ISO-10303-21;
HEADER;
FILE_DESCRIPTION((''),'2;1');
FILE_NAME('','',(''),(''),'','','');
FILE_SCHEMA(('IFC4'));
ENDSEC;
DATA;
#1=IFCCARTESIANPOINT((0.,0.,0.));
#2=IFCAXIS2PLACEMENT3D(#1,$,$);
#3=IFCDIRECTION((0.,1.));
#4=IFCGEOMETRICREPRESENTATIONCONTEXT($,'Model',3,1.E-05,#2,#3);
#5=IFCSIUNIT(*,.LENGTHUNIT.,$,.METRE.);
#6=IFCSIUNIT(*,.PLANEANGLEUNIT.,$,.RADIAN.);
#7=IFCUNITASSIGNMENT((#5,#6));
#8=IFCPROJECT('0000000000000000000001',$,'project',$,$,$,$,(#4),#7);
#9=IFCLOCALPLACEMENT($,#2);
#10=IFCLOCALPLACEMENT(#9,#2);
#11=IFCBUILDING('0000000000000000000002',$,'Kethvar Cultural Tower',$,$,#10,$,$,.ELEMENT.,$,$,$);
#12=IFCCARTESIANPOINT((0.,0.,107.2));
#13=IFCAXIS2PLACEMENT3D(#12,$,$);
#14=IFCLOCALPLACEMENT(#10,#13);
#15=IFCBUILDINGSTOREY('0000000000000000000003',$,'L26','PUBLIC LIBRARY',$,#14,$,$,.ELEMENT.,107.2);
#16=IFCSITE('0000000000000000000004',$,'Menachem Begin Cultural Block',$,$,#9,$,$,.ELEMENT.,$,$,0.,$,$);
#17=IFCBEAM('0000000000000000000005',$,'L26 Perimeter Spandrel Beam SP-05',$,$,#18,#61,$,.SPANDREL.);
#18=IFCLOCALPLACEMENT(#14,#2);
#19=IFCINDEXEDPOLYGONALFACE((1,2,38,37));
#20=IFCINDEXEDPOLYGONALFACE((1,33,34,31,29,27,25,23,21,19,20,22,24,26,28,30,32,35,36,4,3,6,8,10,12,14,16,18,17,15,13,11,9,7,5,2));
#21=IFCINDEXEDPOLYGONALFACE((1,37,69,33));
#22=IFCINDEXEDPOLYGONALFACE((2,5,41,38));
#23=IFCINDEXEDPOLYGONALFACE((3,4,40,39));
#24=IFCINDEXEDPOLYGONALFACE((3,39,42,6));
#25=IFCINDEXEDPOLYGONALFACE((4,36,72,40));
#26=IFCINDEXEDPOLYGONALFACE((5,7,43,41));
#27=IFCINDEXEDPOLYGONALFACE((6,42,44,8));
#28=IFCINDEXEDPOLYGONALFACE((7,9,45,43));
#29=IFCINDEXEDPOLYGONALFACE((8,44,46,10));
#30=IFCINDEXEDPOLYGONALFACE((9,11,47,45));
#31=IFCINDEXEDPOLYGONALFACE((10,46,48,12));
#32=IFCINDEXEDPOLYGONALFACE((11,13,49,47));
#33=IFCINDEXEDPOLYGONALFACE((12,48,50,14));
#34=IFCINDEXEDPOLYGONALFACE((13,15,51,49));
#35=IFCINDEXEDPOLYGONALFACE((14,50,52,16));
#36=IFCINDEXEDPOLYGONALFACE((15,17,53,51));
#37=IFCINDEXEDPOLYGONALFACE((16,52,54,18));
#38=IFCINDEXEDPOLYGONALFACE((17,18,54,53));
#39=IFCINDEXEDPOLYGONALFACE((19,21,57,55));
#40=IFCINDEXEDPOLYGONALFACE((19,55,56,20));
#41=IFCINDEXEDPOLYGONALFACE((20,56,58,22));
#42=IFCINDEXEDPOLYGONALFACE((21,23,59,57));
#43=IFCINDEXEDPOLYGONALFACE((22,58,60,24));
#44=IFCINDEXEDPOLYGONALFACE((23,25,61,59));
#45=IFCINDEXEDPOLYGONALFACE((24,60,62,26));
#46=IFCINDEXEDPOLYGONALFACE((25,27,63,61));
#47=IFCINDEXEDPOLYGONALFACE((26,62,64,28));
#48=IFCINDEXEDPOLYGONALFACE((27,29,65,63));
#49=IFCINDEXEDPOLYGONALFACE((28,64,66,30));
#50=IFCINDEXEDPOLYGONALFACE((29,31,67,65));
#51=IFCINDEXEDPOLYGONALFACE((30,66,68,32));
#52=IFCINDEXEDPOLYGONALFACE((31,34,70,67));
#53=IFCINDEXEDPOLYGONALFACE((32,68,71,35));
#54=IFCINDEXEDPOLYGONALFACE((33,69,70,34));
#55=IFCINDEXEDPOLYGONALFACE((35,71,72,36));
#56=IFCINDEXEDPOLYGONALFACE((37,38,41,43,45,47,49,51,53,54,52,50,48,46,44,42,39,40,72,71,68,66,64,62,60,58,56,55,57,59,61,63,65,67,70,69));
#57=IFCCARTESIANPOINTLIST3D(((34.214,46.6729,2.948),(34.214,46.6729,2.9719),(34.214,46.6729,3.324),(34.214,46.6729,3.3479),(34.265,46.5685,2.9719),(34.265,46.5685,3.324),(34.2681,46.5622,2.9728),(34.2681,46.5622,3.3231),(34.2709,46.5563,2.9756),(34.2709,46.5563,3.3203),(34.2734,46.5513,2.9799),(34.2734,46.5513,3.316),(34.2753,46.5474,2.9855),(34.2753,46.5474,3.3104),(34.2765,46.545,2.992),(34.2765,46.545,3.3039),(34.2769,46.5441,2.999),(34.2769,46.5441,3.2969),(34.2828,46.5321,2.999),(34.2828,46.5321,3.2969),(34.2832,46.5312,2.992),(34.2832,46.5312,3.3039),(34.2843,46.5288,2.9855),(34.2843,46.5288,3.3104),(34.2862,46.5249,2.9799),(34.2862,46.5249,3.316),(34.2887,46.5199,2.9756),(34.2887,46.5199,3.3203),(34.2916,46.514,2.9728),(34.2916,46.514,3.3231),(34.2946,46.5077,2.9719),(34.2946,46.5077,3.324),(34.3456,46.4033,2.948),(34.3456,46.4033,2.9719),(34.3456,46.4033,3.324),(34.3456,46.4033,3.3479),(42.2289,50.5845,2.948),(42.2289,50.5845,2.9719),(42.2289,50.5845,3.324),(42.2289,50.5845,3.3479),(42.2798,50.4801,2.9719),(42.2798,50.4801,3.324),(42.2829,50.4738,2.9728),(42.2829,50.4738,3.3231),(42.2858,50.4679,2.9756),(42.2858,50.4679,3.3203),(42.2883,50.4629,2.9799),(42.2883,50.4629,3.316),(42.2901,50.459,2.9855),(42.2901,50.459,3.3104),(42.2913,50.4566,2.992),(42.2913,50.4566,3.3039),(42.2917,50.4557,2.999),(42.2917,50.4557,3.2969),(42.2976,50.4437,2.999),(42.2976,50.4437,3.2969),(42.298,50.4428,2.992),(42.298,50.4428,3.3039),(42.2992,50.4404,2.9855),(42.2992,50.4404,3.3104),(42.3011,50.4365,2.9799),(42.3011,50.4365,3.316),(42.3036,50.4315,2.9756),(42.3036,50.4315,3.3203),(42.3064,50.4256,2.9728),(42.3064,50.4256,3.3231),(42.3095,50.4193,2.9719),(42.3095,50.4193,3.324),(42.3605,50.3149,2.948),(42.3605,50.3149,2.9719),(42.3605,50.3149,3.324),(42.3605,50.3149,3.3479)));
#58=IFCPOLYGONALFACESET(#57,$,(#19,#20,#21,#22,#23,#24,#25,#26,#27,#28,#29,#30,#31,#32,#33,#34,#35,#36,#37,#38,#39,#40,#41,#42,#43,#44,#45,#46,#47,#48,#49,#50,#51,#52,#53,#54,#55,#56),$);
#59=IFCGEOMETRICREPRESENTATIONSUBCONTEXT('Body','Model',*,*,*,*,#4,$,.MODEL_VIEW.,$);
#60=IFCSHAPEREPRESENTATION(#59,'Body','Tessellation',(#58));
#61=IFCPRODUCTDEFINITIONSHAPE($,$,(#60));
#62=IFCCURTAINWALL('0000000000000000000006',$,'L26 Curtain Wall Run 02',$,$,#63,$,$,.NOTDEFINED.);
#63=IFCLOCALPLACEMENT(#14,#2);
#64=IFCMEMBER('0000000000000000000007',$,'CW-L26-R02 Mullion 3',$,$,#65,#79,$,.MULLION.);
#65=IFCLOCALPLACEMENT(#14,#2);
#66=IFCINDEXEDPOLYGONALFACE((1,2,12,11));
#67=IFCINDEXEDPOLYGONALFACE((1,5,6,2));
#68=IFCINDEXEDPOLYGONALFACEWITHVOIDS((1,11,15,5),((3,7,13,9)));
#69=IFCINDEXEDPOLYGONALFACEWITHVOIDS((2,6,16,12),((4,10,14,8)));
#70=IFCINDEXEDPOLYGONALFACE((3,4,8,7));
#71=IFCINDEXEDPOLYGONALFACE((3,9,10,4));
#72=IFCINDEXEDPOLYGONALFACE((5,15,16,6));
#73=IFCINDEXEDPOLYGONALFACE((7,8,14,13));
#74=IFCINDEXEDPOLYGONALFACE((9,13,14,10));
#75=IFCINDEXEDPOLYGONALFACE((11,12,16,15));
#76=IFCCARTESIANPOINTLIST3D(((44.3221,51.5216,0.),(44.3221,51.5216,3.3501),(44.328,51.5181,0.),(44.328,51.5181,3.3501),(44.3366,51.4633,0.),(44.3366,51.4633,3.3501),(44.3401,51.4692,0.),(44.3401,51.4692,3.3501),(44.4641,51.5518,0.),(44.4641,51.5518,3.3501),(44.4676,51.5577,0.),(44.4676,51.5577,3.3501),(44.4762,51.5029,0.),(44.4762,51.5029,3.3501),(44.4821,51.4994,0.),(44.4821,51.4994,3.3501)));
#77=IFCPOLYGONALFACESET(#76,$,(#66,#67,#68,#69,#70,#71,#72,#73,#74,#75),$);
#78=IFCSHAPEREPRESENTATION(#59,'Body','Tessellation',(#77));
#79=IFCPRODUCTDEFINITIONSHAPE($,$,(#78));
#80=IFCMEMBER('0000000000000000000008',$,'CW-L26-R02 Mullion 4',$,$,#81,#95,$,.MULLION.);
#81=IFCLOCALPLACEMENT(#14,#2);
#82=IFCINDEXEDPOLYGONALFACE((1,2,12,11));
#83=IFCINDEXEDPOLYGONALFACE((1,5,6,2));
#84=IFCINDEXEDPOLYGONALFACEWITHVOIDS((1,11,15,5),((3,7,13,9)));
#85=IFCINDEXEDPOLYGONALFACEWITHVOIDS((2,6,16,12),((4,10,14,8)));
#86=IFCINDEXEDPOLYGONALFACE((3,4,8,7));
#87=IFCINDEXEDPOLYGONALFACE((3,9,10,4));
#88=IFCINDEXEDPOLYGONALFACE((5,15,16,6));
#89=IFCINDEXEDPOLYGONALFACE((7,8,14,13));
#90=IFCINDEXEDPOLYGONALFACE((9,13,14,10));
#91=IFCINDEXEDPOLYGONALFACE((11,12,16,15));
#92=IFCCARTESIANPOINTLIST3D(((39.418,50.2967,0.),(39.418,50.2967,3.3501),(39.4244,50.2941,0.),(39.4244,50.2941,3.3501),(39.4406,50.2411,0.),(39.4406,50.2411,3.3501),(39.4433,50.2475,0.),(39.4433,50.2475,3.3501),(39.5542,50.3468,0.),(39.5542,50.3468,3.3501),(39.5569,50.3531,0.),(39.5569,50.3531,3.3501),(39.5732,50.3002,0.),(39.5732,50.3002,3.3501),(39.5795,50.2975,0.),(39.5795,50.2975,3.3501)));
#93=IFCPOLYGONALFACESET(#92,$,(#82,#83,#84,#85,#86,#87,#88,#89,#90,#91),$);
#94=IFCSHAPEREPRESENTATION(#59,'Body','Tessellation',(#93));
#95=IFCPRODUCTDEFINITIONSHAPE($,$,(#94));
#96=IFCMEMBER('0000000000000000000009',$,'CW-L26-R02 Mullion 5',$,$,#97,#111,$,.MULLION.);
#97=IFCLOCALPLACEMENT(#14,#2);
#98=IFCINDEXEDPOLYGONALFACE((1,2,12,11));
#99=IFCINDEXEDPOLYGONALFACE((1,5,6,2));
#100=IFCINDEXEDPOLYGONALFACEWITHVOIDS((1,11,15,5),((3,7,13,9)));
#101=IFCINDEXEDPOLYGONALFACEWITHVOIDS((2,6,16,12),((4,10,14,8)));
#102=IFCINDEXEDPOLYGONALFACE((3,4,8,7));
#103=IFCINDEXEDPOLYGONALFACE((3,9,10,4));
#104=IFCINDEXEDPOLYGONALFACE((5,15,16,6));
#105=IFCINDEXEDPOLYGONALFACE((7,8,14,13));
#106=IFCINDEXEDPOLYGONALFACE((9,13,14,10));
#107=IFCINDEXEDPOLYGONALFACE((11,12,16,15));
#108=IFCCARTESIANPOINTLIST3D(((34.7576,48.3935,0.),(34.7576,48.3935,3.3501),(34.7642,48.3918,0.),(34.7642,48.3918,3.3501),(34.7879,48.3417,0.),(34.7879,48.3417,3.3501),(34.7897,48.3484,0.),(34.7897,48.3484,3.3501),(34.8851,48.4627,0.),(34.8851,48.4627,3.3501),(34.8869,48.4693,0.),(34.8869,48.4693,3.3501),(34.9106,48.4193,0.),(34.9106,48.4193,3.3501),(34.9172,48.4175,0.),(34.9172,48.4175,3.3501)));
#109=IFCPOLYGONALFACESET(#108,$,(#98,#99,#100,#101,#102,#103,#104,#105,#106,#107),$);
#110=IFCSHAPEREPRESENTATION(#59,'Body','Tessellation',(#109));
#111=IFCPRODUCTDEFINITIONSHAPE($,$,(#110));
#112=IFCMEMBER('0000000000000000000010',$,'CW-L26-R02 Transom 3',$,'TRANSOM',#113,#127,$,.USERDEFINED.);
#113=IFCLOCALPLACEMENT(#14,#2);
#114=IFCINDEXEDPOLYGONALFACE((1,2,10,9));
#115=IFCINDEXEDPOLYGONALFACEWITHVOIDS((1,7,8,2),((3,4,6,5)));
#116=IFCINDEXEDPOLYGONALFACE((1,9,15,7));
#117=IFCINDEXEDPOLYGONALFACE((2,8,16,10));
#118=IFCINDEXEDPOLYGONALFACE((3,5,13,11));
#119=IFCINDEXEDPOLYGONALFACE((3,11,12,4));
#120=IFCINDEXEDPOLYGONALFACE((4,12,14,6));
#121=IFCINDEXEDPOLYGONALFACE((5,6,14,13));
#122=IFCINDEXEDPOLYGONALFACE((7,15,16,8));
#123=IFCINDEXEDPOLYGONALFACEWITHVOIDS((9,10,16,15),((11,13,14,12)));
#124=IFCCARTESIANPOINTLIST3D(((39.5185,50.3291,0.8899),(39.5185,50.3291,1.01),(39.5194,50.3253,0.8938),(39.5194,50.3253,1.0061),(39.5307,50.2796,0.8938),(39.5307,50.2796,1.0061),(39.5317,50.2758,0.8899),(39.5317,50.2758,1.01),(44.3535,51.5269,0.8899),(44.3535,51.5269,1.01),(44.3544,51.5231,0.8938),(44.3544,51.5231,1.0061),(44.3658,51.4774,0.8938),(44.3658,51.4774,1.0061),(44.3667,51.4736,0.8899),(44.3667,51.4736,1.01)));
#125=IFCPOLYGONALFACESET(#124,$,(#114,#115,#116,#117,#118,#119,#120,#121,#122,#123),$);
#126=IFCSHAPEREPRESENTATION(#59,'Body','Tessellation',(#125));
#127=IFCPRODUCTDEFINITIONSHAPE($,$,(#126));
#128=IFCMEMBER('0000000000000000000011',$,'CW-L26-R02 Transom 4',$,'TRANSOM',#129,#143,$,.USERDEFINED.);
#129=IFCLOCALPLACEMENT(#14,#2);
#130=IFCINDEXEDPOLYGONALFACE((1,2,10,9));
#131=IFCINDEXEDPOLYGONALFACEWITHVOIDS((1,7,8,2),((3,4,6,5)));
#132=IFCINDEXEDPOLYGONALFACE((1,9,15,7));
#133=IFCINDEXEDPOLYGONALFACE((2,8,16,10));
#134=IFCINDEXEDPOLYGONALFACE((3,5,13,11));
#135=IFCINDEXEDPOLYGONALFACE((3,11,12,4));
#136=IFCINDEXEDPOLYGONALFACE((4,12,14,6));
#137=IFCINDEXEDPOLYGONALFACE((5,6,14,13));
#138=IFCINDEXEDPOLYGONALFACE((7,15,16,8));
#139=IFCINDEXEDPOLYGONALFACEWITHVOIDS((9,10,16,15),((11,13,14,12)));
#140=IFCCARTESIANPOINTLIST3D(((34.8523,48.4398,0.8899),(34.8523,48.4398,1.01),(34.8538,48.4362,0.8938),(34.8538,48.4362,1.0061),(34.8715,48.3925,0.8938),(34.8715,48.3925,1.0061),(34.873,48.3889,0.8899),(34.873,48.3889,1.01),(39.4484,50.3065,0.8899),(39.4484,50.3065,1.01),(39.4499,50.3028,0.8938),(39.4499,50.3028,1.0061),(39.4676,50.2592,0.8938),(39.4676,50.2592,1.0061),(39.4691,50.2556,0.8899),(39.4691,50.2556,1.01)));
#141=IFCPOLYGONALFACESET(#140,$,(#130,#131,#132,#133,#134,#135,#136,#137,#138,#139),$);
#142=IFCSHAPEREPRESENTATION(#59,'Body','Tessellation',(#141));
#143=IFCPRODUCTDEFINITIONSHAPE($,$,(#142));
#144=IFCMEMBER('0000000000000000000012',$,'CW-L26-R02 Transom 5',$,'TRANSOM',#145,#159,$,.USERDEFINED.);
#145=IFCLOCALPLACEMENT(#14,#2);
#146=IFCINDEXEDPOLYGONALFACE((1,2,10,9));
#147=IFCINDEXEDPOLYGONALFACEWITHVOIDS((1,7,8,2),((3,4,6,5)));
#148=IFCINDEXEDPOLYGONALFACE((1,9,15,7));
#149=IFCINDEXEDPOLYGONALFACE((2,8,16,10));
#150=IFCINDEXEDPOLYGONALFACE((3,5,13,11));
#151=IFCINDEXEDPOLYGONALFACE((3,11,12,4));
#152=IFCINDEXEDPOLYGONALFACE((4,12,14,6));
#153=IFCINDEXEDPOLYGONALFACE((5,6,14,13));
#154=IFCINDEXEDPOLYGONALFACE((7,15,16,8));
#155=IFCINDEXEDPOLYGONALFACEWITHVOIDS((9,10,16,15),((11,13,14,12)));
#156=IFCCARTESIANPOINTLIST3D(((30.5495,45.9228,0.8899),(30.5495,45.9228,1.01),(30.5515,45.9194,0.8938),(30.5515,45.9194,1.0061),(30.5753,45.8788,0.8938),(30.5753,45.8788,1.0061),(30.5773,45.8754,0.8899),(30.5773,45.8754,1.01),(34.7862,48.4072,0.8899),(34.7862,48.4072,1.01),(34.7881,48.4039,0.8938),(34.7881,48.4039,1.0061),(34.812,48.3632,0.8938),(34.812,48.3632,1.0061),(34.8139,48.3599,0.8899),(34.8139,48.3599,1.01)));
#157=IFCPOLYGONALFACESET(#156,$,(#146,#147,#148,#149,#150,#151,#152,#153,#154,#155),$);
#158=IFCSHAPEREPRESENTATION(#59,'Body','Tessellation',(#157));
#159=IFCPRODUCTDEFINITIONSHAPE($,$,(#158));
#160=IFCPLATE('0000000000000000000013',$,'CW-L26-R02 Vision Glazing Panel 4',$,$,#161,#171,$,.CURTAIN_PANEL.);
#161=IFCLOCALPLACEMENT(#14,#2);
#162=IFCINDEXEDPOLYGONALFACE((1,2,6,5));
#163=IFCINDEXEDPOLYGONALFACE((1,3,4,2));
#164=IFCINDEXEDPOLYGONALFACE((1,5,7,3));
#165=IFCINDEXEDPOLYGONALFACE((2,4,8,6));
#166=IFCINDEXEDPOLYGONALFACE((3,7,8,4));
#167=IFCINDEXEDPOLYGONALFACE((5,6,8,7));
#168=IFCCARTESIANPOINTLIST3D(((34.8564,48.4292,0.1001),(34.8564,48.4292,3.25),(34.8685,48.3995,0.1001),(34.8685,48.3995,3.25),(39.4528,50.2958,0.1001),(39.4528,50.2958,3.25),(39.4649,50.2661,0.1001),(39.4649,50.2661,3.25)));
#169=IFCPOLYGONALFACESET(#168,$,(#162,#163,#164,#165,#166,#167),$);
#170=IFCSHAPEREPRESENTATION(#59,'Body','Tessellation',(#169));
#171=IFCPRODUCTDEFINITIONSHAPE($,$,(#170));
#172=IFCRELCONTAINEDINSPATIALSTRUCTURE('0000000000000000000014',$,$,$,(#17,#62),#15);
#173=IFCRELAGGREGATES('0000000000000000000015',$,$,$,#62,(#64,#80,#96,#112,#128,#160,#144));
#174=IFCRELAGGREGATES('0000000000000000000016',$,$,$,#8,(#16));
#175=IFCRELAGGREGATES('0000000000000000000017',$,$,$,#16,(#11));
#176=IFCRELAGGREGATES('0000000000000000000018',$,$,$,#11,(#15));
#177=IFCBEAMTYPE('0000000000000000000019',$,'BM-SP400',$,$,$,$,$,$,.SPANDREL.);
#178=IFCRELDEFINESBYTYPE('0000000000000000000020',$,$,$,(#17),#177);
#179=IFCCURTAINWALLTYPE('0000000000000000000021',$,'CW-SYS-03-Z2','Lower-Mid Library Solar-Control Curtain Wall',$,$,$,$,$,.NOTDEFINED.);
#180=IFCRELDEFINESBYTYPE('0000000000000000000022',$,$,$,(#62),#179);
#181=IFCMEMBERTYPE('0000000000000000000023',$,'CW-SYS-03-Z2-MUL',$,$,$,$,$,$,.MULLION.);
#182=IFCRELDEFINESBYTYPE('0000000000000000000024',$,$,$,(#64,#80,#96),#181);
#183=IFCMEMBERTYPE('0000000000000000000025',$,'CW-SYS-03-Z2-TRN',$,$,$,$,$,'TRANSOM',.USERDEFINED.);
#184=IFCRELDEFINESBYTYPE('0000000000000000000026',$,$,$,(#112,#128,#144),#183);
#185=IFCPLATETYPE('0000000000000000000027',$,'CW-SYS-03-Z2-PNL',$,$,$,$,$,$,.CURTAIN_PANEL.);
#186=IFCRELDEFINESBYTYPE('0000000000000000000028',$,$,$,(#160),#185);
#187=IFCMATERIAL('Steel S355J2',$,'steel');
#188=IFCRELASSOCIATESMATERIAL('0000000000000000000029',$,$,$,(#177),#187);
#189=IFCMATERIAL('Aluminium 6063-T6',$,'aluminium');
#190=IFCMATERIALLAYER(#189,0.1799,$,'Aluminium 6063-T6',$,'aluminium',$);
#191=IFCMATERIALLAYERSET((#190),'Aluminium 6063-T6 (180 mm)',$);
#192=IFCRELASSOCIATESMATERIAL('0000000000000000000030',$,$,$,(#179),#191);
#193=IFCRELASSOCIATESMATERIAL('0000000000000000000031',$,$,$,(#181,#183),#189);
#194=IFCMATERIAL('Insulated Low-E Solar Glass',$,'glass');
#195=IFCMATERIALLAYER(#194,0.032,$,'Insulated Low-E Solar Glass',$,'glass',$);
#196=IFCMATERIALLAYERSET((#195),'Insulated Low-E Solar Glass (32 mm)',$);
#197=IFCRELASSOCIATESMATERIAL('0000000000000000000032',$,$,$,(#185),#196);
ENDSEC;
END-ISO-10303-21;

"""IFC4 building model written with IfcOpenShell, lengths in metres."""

from ifc_helpers import new_model, si_unit, direction, frame, origin, origin_2d, place, context, subcontext, project, spatial, rectangle, hollow_rectangle, i_section, extrude, source, transform, mapped, material, layer, layer_set, material_profile, profile_set, type_object, element, aggregate, save


model = new_model("IFC4")

# Units and contexts
model_context = context("Model", 3, precision=1e-05, world=origin(), true_north=direction((0.0, 1.0)))
body_context = subcontext(model_context, "Body", "Model", "MODEL_VIEW")
ifc_project = project(units=[si_unit("LENGTHUNIT", "METRE"), si_unit("PLANEANGLEUNIT", "RADIAN")], contexts=[model_context])

# Site, building, storey
site_placement = place(None, origin())
site = spatial("IfcSite", under=ifc_project, at=site_placement, Name="Menachem Begin Cultural Block", CompositionType="ELEMENT", RefElevation=0.0)
building_placement = place(site_placement, origin())
building = spatial("IfcBuilding", under=site, at=building_placement, Name="Kethvar Cultural Tower", CompositionType="ELEMENT")
storey_placement = place(building_placement, frame((0.0, 0.0, 107.2)))
storey = spatial("IfcBuildingStorey", under=building, at=storey_placement, Name="L26", Description="PUBLIC LIBRARY", CompositionType="ELEMENT", Elevation=107.2)

# Beam
ifc_material_1 = material(Name="Steel S355J2", Category="steel")
ifc_material_profile_1 = material_profile(ifc_material_1, i_section(OverallWidth=0.3, OverallDepth=0.3999, WebThickness=0.0134, FlangeThickness=0.0239, FilletRadius=0.0271, at=origin_2d()), Name="Steel S355J2 — HEB400")
ifc_profile_set_1 = profile_set([ifc_material_profile_1], Name="Steel S355J2 — HEB400")
beam_type_1 = type_object("IfcBeamType", Name="BM-SP400", PredefinedType="SPANDREL", material=ifc_profile_set_1)
shared_shape_1 = source(origin(), body_context, "Body", "SweptSolid", [
    extrude(i_section(OverallWidth=0.3, OverallDepth=0.3999, WebThickness=0.0134, FlangeThickness=0.0239, FilletRadius=0.0271, at=origin_2d()), origin(), (0.0, 0.0, 1.0), 8.9185),
])
beam_1_placement = place(storey_placement, frame((42.2947, 50.4497, 3.1479), z_axis=(-0.898684, -0.438597, 0.0), x_axis=(0.438597, -0.898684, 0.0)))
element("IfcBeam", 1, at=beam_1_placement, inside=storey, type_object=beam_type_1, Name="L26 Perimeter Spandrel Beam SP-05", PredefinedType="SPANDREL", context=body_context, shape_type="MappedRepresentation", body=[
    mapped(shared_shape_1, transform((0.0, 0.0, 0.0), scale=1.0)),
])

# Curtain wall, members, plate
ifc_material_2 = material(Name="Aluminium 6063-T6", Category="aluminium")
ifc_layer_1 = layer(ifc_material_2, 0.1799, Name="Aluminium 6063-T6", Category="aluminium")
ifc_layer_set_1 = layer_set([ifc_layer_1], Name="Aluminium 6063-T6 (180 mm)")
curtain_wall_type = type_object("IfcCurtainWallType", Name="CW-SYS-03-Z2", Description="Lower-Mid Library Solar-Control Curtain Wall", PredefinedType="NOTDEFINED", material=ifc_layer_set_1)
curtain_wall_placement = place(storey_placement, origin())
curtain_wall = element("IfcCurtainWall", 2, at=curtain_wall_placement, inside=storey, type_object=curtain_wall_type, Name="L26 Curtain Wall Run 02", PredefinedType="NOTDEFINED")
ifc_material_profile_2 = material_profile(ifc_material_2, hollow_rectangle(XDim=0.0601, YDim=0.1499, WallThickness=0.0049, at=origin_2d()), Name="Aluminium 6063-T6 — RHS150x60x5")
ifc_profile_set_2 = profile_set([ifc_material_profile_2], Name="Aluminium 6063-T6 — RHS150x60x5")
member_type_1 = type_object("IfcMemberType", Name="CW-SYS-03-Z2-MUL", PredefinedType="MULLION", material=ifc_profile_set_2)
shared_shape_2 = source(origin(), body_context, "Body", "SweptSolid", [
    extrude(hollow_rectangle(XDim=0.0601, YDim=0.1499, WallThickness=0.0049, at=origin_2d()), origin(), (0.0, 0.0, 1.0), 3.3501),
])
member_1_placement = place(storey_placement, frame((44.4021, 51.5105, 0.0), z_axis=(0.0, 0.0, 1.0), x_axis=(0.240465, -0.970658, 0.0)))
member_1 = element("IfcMember", 3, at=member_1_placement, type_object=member_type_1, Name="CW-L26-R02 Mullion 3", PredefinedType="MULLION", context=body_context, shape_type="MappedRepresentation", body=[
    mapped(shared_shape_2, transform((0.0, 0.0, 0.0), scale=1.0)),
])
member_2_placement = place(storey_placement, frame((39.4988, 50.2971, 0.0), z_axis=(0.0, 0.0, 1.0), x_axis=(0.376257, -0.926515, 0.0)))
member_2 = element("IfcMember", 4, at=member_2_placement, type_object=member_type_1, Name="CW-L26-R02 Mullion 4", PredefinedType="MULLION", context=body_context, shape_type="MappedRepresentation", body=[
    mapped(shared_shape_2, transform((0.0, 0.0, 0.0), scale=1.0)),
])
member_3_placement = place(storey_placement, frame((34.8374, 48.4055, 0.0), z_axis=(0.0, 0.0, 1.0), x_axis=(0.505853, -0.86262, 0.0)))
member_3 = element("IfcMember", 5, at=member_3_placement, type_object=member_type_1, Name="CW-L26-R02 Mullion 5", PredefinedType="MULLION", context=body_context, shape_type="MappedRepresentation", body=[
    mapped(shared_shape_2, transform((0.0, 0.0, 0.0), scale=1.0)),
])
ifc_material_profile_3 = material_profile(ifc_material_2, hollow_rectangle(XDim=0.0549, YDim=0.1201, WallThickness=0.0039, at=origin_2d()), Name="Aluminium 6063-T6 — RHS120x55x4")
ifc_profile_set_3 = profile_set([ifc_material_profile_3], Name="Aluminium 6063-T6 — RHS120x55x4")
member_type_2 = type_object("IfcMemberType", Name="CW-SYS-03-Z2-TRN", ElementType="TRANSOM", PredefinedType="USERDEFINED", material=ifc_profile_set_3)
shared_shape_3 = source(origin(), body_context, "Body", "SweptSolid", [
    extrude(hollow_rectangle(XDim=0.0549, YDim=0.1201, WallThickness=0.0039, at=origin_2d()), origin(), (0.0, 0.0, 1.0), 4.9812),
])
member_4_placement = place(storey_placement, frame((44.3601, 51.5002, 0.95), z_axis=(-0.970659, -0.240459, 0.0), x_axis=(0.240459, -0.970659, 0.0)))
member_4 = element("IfcMember", 6, at=member_4_placement, type_object=member_type_2, Name="CW-L26-R02 Transom 3", ObjectType="TRANSOM", PredefinedType="USERDEFINED", context=body_context, shape_type="MappedRepresentation", body=[
    mapped(shared_shape_3, transform((0.0, 0.0, 0.0), scale=1.0)),
])
shared_shape_4 = source(origin(), body_context, "Body", "SweptSolid", [
    extrude(hollow_rectangle(XDim=0.0549, YDim=0.1201, WallThickness=0.0039, at=origin_2d()), origin(), (0.0, 0.0, 1.0), 4.9607),
])
member_5_placement = place(storey_placement, frame((39.4587, 50.281, 0.95), z_axis=(-0.926502, -0.37629, 0.0), x_axis=(0.37629, -0.926502, 0.0)))
member_5 = element("IfcMember", 7, at=member_5_placement, type_object=member_type_2, Name="CW-L26-R02 Transom 4", ObjectType="TRANSOM", PredefinedType="USERDEFINED", context=body_context, shape_type="MappedRepresentation", body=[
    mapped(shared_shape_4, transform((0.0, 0.0, 0.0), scale=1.0)),
])
shared_shape_5 = source(origin(), body_context, "Body", "SweptSolid", [
    extrude(hollow_rectangle(XDim=0.0549, YDim=0.1201, WallThickness=0.0039, at=origin_2d()), origin(), (0.0, 0.0, 1.0), 4.9114),
])
member_6_placement = place(storey_placement, frame((34.8, 48.3835, 0.95), z_axis=(-0.862621, -0.505851, 0.0), x_axis=(0.505851, -0.862621, 0.0)))
member_6 = element("IfcMember", 8, at=member_6_placement, type_object=member_type_2, Name="CW-L26-R02 Transom 5", ObjectType="TRANSOM", PredefinedType="USERDEFINED", context=body_context, shape_type="MappedRepresentation", body=[
    mapped(shared_shape_5, transform((0.0, 0.0, 0.0), scale=1.0)),
])
ifc_material_3 = material(Name="Insulated Low-E Solar Glass", Category="glass")
ifc_layer_2 = layer(ifc_material_3, 0.032, Name="Insulated Low-E Solar Glass", Category="glass")
ifc_layer_set_2 = layer_set([ifc_layer_2], Name="Insulated Low-E Solar Glass (32 mm)")
plate_type = type_object("IfcPlateType", Name="CW-SYS-03-Z2-PNL", PredefinedType="CURTAIN_PANEL", material=ifc_layer_set_2)
shared_shape_6 = source(origin(), body_context, "Body", "SweptSolid", [
    extrude(rectangle(XDim=4.9609, YDim=0.032, at=origin_2d()), origin(), (0.0, 0.0, 1.0), 3.1499),
])
plate_1_placement = place(storey_placement, frame((37.1606, 49.3477, 0.1001), z_axis=(0.0, 0.0, 1.0), x_axis=(-0.926515, -0.376257, 0.0)))
plate_1 = element("IfcPlate", 9, at=plate_1_placement, type_object=plate_type, Name="CW-L26-R02 Vision Glazing Panel 4", PredefinedType="CURTAIN_PANEL", context=body_context, shape_type="MappedRepresentation", body=[
    mapped(shared_shape_6, transform((0.0, 0.0, 0.0), scale=1.0)),
])
aggregate(curtain_wall, [member_1, member_2, member_3, member_4, member_5, plate_1, member_6])

save(model, "model.ifc")
